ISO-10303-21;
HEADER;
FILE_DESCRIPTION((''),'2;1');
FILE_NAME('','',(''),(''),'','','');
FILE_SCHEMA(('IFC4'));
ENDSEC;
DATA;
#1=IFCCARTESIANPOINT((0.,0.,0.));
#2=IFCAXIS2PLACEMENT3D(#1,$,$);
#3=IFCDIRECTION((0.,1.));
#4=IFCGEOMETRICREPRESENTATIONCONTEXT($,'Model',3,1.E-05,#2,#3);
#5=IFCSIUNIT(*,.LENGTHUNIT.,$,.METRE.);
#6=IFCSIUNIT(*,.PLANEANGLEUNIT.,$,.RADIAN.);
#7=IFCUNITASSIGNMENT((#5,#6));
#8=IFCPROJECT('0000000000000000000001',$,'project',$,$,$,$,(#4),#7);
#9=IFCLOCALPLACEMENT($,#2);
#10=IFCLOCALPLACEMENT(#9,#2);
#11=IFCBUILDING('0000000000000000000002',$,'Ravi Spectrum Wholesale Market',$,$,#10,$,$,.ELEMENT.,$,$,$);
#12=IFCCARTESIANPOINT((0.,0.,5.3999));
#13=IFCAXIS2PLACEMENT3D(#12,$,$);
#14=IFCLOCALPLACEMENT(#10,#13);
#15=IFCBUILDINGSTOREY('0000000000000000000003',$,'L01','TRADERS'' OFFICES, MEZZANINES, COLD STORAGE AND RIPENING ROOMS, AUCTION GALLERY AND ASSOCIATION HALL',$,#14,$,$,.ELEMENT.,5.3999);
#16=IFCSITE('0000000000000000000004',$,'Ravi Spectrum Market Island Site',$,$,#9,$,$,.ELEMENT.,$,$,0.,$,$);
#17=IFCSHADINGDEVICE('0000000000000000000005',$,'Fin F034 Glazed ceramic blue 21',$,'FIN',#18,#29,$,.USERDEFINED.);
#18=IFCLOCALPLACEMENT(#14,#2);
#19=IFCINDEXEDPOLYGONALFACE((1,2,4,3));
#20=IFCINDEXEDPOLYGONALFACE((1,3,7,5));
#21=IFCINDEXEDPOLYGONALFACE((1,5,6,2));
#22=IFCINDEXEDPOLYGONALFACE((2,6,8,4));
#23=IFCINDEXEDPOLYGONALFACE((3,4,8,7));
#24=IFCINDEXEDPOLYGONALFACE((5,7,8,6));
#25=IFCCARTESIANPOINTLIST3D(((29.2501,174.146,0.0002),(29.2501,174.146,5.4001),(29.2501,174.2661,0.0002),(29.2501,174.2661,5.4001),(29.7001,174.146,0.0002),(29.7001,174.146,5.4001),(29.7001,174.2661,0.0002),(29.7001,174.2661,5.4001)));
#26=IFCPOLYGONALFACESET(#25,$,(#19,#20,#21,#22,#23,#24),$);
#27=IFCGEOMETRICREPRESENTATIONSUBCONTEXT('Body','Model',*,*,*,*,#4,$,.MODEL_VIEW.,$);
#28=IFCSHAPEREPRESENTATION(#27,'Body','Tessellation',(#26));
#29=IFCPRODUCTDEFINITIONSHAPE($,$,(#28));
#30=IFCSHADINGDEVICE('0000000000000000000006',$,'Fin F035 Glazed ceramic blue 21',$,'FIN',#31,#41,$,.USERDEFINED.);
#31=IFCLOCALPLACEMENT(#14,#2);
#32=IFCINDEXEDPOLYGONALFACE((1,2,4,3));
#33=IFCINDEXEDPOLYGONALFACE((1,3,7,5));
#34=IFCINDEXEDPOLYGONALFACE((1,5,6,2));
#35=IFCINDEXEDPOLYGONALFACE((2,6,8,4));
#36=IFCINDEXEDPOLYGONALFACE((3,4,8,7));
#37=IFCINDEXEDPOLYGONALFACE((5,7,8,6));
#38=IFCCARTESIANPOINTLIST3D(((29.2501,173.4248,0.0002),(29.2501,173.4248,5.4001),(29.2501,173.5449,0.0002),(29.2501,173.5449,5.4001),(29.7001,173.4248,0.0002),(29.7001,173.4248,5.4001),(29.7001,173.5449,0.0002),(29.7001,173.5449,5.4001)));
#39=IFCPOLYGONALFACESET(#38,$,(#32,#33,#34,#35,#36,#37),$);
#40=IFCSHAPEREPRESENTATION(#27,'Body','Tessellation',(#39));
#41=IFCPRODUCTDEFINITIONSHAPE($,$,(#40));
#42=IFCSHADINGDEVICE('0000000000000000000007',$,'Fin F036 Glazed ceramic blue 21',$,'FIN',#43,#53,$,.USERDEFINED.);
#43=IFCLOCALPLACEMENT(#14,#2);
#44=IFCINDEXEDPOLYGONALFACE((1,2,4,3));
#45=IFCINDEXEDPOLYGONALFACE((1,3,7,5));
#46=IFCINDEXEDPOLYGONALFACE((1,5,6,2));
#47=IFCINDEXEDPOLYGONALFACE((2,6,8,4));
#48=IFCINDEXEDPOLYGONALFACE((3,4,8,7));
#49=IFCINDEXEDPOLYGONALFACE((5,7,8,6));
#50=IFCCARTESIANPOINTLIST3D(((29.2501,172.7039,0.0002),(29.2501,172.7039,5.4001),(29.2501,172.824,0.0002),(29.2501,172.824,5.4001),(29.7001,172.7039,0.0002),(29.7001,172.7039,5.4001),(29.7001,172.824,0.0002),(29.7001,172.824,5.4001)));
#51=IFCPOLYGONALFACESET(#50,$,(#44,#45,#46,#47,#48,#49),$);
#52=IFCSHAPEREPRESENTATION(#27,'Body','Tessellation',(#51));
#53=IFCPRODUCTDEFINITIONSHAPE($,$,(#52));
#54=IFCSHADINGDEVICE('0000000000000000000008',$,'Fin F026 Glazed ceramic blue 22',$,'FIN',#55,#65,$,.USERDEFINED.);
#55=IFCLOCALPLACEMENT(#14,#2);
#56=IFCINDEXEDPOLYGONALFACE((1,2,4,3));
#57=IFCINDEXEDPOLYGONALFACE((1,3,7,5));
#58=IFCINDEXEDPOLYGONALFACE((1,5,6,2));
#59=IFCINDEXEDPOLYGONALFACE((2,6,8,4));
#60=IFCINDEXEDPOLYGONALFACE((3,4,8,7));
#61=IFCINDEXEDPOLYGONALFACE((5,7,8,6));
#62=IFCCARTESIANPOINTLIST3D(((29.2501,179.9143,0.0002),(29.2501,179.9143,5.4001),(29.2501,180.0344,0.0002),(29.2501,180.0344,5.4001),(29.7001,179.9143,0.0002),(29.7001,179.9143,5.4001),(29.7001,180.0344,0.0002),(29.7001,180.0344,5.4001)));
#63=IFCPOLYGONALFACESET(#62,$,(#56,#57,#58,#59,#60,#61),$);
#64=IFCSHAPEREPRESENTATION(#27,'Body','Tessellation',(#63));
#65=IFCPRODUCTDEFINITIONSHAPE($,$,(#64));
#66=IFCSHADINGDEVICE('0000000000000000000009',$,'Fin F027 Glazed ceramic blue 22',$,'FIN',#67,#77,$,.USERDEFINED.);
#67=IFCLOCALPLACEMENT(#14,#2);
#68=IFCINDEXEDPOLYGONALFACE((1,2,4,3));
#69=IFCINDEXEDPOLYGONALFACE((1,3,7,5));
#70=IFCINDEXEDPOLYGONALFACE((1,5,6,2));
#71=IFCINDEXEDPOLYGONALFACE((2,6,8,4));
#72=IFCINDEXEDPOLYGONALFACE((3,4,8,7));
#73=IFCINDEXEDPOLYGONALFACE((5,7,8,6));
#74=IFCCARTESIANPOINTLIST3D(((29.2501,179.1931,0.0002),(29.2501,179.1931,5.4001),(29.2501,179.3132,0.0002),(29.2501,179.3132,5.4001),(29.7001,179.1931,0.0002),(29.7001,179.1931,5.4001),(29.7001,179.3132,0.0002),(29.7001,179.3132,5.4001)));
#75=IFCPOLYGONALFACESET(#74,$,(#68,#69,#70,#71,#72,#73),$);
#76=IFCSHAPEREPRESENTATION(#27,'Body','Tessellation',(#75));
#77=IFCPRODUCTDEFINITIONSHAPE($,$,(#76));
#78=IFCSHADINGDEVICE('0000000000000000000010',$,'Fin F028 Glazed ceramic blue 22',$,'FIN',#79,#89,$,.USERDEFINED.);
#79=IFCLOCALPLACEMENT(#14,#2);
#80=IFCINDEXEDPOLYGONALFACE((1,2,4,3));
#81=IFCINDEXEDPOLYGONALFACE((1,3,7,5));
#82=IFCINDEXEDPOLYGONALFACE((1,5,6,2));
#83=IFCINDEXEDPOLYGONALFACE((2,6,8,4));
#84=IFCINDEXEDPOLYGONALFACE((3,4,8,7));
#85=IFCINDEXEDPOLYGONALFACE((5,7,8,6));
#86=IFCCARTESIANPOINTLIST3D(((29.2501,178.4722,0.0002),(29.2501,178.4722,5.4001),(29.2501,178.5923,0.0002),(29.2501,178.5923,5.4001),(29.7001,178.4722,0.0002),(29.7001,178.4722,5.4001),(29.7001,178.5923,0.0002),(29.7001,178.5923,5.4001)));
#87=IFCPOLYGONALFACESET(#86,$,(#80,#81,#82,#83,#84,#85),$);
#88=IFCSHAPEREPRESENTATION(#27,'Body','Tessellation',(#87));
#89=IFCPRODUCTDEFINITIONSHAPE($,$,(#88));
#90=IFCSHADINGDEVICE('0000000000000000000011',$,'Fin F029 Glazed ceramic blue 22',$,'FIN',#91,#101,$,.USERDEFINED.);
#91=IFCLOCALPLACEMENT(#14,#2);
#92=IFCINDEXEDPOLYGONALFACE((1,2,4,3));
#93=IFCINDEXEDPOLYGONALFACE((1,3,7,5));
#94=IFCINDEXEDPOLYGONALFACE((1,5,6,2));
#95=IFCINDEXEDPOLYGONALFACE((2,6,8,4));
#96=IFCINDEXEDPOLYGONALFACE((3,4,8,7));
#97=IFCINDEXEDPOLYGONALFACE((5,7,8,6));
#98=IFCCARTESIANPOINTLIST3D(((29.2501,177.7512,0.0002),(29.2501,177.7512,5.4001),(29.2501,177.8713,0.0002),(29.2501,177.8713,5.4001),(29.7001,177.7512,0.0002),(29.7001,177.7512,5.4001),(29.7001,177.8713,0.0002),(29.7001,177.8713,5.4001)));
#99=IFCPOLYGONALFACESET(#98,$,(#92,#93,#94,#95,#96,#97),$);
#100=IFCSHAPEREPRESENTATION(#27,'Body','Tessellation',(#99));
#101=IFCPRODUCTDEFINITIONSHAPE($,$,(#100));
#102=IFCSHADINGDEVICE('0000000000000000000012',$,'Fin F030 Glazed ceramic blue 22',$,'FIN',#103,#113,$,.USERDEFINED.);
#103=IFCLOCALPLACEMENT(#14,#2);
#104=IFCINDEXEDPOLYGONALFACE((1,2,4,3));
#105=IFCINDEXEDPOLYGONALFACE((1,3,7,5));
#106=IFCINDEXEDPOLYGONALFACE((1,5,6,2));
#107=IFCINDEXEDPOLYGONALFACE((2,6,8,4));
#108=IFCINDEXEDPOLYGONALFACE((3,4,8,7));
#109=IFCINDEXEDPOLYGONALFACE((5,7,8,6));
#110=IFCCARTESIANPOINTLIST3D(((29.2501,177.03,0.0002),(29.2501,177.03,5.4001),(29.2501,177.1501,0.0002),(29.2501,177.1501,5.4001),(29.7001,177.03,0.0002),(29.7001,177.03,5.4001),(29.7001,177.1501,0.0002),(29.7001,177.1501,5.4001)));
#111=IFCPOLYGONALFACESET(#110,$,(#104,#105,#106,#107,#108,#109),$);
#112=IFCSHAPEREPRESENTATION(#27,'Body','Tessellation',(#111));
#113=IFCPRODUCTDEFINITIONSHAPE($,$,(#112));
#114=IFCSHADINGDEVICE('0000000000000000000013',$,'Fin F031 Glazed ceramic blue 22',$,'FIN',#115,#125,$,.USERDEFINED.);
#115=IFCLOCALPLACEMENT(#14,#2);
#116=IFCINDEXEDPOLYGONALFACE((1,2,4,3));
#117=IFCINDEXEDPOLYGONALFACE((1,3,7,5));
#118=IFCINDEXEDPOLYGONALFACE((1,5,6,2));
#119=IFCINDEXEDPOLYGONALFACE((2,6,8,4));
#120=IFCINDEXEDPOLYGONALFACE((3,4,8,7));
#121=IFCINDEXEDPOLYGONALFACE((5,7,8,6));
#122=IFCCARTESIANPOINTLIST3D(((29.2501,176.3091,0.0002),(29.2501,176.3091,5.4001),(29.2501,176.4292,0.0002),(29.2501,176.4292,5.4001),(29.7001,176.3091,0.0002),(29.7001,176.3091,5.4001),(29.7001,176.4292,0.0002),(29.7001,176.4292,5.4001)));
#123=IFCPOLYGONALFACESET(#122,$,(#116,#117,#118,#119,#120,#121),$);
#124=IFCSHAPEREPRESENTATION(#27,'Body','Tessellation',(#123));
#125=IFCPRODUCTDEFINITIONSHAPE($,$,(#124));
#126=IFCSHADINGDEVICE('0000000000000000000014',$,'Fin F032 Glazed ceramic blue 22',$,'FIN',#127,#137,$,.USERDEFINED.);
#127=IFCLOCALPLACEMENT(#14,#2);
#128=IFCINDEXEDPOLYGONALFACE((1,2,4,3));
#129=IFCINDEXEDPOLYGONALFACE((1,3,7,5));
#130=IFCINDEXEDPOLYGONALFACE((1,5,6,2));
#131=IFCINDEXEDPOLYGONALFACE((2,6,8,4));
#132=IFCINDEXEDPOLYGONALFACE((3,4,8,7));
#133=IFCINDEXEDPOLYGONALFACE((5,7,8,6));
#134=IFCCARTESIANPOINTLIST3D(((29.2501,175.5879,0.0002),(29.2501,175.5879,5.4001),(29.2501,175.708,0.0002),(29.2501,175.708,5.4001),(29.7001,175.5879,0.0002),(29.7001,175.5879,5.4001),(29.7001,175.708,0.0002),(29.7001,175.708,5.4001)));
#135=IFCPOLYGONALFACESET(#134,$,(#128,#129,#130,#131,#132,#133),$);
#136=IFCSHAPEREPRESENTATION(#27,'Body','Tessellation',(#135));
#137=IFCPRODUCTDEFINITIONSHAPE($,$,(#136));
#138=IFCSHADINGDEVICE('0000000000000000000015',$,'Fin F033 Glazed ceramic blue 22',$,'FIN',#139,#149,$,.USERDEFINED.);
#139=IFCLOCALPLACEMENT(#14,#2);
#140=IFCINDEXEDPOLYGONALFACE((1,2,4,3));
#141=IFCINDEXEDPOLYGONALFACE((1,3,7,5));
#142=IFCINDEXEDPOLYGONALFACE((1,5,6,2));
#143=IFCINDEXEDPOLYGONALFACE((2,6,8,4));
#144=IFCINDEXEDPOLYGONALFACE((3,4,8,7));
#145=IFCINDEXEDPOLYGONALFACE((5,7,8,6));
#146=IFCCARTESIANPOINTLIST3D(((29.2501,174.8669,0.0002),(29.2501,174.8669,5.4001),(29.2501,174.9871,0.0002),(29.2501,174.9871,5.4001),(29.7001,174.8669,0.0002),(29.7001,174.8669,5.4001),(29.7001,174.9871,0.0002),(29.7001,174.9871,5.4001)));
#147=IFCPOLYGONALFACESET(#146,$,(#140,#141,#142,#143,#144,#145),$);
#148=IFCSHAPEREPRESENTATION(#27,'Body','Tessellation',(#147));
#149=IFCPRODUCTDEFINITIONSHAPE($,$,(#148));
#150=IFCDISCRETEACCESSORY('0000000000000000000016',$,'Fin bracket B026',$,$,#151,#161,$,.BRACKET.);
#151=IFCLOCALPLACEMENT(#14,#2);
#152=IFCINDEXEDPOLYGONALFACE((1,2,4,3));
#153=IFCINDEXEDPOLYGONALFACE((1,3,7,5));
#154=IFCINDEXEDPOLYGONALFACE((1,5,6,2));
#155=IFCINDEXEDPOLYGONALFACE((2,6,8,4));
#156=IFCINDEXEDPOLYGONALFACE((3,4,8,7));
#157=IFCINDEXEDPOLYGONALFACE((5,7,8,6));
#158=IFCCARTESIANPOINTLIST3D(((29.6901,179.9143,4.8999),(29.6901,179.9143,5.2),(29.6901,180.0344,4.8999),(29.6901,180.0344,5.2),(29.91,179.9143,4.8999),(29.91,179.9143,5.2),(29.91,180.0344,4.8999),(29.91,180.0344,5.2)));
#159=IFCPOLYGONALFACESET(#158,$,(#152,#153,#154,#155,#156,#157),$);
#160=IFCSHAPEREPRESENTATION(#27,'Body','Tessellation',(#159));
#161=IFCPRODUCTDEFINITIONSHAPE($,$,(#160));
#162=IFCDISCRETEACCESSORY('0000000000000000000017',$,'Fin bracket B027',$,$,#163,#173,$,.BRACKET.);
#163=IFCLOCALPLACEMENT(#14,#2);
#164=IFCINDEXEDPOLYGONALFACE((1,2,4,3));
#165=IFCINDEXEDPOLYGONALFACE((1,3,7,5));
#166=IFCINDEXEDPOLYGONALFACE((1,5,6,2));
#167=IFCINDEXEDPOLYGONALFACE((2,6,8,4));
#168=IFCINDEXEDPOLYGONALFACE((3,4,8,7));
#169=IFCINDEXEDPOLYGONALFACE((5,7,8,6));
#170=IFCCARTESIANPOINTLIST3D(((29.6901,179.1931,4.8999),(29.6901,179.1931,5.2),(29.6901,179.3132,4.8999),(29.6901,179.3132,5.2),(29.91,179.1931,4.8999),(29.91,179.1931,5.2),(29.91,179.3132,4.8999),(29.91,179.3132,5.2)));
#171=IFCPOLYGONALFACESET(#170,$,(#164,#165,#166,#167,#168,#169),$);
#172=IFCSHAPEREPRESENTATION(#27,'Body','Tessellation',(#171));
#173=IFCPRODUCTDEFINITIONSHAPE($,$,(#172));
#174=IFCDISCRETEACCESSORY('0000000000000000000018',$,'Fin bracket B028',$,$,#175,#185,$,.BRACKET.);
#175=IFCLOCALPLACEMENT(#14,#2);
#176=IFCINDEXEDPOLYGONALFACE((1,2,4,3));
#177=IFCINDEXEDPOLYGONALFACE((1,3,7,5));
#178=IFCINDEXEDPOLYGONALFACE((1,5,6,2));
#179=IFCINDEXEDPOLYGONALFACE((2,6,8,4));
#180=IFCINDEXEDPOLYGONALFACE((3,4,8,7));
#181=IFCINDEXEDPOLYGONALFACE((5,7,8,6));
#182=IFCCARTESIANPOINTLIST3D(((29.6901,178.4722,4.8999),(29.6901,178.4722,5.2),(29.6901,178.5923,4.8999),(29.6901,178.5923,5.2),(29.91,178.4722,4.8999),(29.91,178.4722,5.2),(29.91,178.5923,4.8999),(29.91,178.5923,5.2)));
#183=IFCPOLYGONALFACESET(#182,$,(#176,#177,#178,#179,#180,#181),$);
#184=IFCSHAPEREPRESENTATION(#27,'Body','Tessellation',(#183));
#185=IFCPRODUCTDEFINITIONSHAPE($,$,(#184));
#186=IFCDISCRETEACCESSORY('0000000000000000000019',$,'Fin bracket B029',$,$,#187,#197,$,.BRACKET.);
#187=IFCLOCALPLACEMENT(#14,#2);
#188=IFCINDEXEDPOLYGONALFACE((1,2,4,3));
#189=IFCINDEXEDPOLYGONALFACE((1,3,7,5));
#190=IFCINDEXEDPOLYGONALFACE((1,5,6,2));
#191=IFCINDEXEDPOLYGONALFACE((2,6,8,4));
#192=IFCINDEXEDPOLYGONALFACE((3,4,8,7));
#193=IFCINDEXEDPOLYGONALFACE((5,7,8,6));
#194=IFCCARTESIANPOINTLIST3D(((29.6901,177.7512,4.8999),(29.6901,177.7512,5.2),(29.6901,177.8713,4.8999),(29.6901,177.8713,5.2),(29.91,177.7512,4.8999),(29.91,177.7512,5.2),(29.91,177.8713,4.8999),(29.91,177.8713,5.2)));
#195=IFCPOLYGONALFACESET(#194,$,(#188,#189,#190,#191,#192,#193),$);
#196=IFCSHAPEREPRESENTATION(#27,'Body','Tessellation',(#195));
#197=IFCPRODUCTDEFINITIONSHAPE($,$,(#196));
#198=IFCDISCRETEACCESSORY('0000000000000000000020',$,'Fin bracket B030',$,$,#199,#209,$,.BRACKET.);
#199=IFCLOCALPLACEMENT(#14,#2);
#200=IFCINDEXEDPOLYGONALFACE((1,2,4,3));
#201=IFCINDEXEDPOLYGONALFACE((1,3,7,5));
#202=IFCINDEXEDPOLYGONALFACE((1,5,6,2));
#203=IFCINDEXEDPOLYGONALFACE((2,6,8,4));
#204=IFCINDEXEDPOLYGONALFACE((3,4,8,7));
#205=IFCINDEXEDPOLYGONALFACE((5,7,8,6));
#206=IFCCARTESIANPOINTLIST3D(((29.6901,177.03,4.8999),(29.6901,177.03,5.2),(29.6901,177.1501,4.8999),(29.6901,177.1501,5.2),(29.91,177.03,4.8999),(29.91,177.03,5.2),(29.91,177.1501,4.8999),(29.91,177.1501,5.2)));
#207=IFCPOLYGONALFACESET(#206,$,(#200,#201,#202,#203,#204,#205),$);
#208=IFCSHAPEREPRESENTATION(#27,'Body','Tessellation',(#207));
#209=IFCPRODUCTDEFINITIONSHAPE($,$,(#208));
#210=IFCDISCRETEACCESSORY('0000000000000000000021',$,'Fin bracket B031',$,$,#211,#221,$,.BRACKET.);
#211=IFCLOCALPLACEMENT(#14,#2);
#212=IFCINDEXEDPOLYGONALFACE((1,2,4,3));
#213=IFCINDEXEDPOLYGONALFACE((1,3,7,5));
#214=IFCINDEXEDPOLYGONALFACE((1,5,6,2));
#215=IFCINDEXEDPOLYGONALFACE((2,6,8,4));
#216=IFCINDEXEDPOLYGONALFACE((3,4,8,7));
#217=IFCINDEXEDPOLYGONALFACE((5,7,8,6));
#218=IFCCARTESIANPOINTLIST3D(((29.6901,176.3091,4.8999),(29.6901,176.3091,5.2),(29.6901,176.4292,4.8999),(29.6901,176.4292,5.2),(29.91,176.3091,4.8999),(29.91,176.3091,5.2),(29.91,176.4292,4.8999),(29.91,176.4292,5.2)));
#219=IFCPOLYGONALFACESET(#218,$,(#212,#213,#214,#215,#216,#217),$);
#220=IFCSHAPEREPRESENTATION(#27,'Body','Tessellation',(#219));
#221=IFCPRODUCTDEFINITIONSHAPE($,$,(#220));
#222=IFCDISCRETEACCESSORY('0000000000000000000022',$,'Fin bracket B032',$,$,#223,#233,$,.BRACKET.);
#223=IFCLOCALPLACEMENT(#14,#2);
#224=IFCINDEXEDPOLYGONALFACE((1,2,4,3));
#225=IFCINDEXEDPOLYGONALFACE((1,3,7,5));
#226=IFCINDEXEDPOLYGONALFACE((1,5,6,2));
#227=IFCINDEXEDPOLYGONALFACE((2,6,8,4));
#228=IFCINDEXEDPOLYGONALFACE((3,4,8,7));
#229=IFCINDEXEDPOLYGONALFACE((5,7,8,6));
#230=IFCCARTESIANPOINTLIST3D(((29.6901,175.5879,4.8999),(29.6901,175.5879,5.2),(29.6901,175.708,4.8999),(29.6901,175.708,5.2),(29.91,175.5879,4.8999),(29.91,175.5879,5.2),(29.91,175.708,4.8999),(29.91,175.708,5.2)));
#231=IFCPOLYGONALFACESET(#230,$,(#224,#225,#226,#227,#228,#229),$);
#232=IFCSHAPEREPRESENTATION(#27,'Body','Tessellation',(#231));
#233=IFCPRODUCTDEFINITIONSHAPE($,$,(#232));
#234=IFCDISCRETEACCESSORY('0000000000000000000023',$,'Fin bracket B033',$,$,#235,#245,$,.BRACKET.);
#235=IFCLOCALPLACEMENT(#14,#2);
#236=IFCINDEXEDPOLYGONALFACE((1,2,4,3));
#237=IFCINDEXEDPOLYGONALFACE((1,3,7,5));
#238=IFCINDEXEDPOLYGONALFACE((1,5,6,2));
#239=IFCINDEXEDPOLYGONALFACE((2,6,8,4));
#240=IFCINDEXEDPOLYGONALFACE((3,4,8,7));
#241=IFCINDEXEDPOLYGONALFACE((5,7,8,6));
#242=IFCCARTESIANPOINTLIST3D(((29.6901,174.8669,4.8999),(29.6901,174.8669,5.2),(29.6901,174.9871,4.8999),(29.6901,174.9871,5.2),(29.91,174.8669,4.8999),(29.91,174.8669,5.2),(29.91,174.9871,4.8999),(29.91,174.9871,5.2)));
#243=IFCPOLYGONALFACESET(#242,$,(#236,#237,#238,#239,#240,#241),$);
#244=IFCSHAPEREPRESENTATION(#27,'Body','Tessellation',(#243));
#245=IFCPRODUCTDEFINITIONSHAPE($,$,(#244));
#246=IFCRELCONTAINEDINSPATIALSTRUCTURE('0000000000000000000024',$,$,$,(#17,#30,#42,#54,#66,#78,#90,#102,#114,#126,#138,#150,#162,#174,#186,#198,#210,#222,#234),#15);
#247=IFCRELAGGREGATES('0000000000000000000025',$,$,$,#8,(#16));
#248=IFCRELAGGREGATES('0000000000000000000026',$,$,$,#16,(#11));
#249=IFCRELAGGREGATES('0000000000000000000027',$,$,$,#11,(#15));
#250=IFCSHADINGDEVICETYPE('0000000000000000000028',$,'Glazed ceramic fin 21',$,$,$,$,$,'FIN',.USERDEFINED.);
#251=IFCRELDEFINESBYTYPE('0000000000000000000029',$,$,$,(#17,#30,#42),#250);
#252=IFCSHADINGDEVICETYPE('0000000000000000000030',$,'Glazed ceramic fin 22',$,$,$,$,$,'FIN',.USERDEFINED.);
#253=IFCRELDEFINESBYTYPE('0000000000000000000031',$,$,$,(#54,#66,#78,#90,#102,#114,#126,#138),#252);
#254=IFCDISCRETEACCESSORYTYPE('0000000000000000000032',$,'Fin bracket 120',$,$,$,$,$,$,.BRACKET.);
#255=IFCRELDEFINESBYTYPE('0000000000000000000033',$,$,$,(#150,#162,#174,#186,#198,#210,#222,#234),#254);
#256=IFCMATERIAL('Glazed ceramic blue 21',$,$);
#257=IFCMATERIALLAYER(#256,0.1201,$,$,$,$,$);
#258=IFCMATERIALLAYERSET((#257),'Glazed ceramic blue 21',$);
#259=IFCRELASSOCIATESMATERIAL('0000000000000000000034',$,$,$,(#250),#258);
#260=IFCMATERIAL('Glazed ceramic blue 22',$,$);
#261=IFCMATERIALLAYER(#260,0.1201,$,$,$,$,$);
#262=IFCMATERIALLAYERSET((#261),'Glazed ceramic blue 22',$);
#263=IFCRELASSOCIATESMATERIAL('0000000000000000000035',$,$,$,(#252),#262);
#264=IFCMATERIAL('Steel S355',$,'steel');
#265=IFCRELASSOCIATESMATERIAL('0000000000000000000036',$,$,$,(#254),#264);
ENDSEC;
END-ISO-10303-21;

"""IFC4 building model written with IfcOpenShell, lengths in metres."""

from ifc_helpers import new_model, si_unit, direction, frame, origin, origin_2d, place, context, subcontext, project, spatial, rectangle, extrude, material, layer, layer_set, type_object, element, save


model = new_model("IFC4")

# Units and contexts
model_context = context("Model", 3, precision=1e-05, world=origin(), true_north=direction((0.0, 1.0)))
body_context = subcontext(model_context, "Body", "Model", "MODEL_VIEW")
ifc_project = project(units=[si_unit("LENGTHUNIT", "METRE"), si_unit("PLANEANGLEUNIT", "RADIAN")], contexts=[model_context])

# Site, building, storey
site_placement = place(None, origin())
site = spatial("IfcSite", under=ifc_project, at=site_placement, Name="Ravi Spectrum Market Island Site", CompositionType="ELEMENT", RefElevation=0.0)
building_placement = place(site_placement, origin())
building = spatial("IfcBuilding", under=site, at=building_placement, Name="Ravi Spectrum Wholesale Market", CompositionType="ELEMENT")
storey_placement = place(building_placement, frame((0.0, 0.0, 5.3999)))
storey = spatial("IfcBuildingStorey", under=building, at=storey_placement, Name="L01", Description="TRADERS' OFFICES, MEZZANINES, COLD STORAGE AND RIPENING ROOMS, AUCTION GALLERY AND ASSOCIATION HALL", CompositionType="ELEMENT", Elevation=5.3999)

# Shading devices
ifc_material_1 = material(Name="Glazed ceramic blue 21")
ifc_layer_1 = layer(ifc_material_1, 0.1201)
ifc_layer_set_1 = layer_set([ifc_layer_1], Name="Glazed ceramic blue 21")
shading_device_type_1 = type_object("IfcShadingDeviceType", Name="Glazed ceramic fin 21", ElementType="FIN", PredefinedType="USERDEFINED", material=ifc_layer_set_1)
for number, where, z_axis, x_axis, name in (
    (1, (29.4751, 174.2061, 0.0002), (0.0, 0.0, 1.0), (0.0, -1.0, 0.0), "Fin F034 Glazed ceramic blue 21"),
    (2, (29.4751, 173.4849, 0.0002), (0.0, 0.0, 1.0), (0.0, -1.0, 0.0), "Fin F035 Glazed ceramic blue 21"),
    (3, (29.4751, 172.7639, 0.0002), (0.0, 0.0, 1.0), (0.0, -1.0, 0.0), "Fin F036 Glazed ceramic blue 21"),
):
    element("IfcShadingDevice", number, at=place(storey_placement, frame(where, z_axis=z_axis, x_axis=x_axis)), inside=storey, type_object=shading_device_type_1, Name=name, ObjectType="FIN", PredefinedType="USERDEFINED", context=body_context, shape_type="SweptSolid", body=[
        extrude(rectangle(XDim=0.1201, YDim=0.45, at=origin_2d()), origin(), (0.0, 0.0, 1.0), 5.3999),
    ])
ifc_material_2 = material(Name="Glazed ceramic blue 22")
ifc_layer_2 = layer(ifc_material_2, 0.1201)
ifc_layer_set_2 = layer_set([ifc_layer_2], Name="Glazed ceramic blue 22")
shading_device_type_2 = type_object("IfcShadingDeviceType", Name="Glazed ceramic fin 22", ElementType="FIN", PredefinedType="USERDEFINED", material=ifc_layer_set_2)
for number, where, z_axis, x_axis, name in (
    (4, (29.4751, 179.9744, 0.0002), (0.0, 0.0, 1.0), (0.0, -1.0, 0.0), "Fin F026 Glazed ceramic blue 22"),
    (5, (29.4751, 179.2532, 0.0002), (0.0, 0.0, 1.0), (0.0, -1.0, 0.0), "Fin F027 Glazed ceramic blue 22"),
    (6, (29.4751, 178.5322, 0.0002), (0.0, 0.0, 1.0), (0.0, -1.0, 0.0), "Fin F028 Glazed ceramic blue 22"),
    (7, (29.4751, 177.8113, 0.0002), (0.0, 0.0, 1.0), (0.0, -1.0, 0.0), "Fin F029 Glazed ceramic blue 22"),
    (8, (29.4751, 177.0901, 0.0002), (0.0, 0.0, 1.0), (0.0, -1.0, 0.0), "Fin F030 Glazed ceramic blue 22"),
    (9, (29.4751, 176.3691, 0.0002), (0.0, 0.0, 1.0), (0.0, -1.0, 0.0), "Fin F031 Glazed ceramic blue 22"),
    (10, (29.4751, 175.6479, 0.0002), (0.0, 0.0, 1.0), (0.0, -1.0, 0.0), "Fin F032 Glazed ceramic blue 22"),
    (11, (29.4751, 174.927, 0.0002), (0.0, 0.0, 1.0), (0.0, -1.0, 0.0), "Fin F033 Glazed ceramic blue 22"),
):
    element("IfcShadingDevice", number, at=place(storey_placement, frame(where, z_axis=z_axis, x_axis=x_axis)), inside=storey, type_object=shading_device_type_2, Name=name, ObjectType="FIN", PredefinedType="USERDEFINED", context=body_context, shape_type="SweptSolid", body=[
        extrude(rectangle(XDim=0.1201, YDim=0.45, at=origin_2d()), origin(), (0.0, 0.0, 1.0), 5.3999),
    ])

# Discrete accessories
ifc_material_3 = material(Name="Steel S355", Category="steel")
discrete_accessory_type = type_object("IfcDiscreteAccessoryType", Name="Fin bracket 120", PredefinedType="BRACKET", material=ifc_material_3)
for number, where, z_axis, x_axis, name in (
    (12, (29.8, 179.9744, 4.8999), (0.0, 0.0, 1.0), (0.0, -1.0, 0.0), "Fin bracket B026"),
    (13, (29.8, 179.2532, 4.8999), (0.0, 0.0, 1.0), (0.0, -1.0, 0.0), "Fin bracket B027"),
    (14, (29.8, 178.5322, 4.8999), (0.0, 0.0, 1.0), (0.0, -1.0, 0.0), "Fin bracket B028"),
    (15, (29.8, 177.8113, 4.8999), (0.0, 0.0, 1.0), (0.0, -1.0, 0.0), "Fin bracket B029"),
    (16, (29.8, 177.0901, 4.8999), (0.0, 0.0, 1.0), (0.0, -1.0, 0.0), "Fin bracket B030"),
    (17, (29.8, 176.3691, 4.8999), (0.0, 0.0, 1.0), (0.0, -1.0, 0.0), "Fin bracket B031"),
    (18, (29.8, 175.6479, 4.8999), (0.0, 0.0, 1.0), (0.0, -1.0, 0.0), "Fin bracket B032"),
    (19, (29.8, 174.927, 4.8999), (0.0, 0.0, 1.0), (0.0, -1.0, 0.0), "Fin bracket B033"),
):
    element("IfcDiscreteAccessory", number, at=place(storey_placement, frame(where, z_axis=z_axis, x_axis=x_axis)), inside=storey, type_object=discrete_accessory_type, Name=name, PredefinedType="BRACKET", context=body_context, shape_type="SweptSolid", body=[
        extrude(rectangle(XDim=0.1201, YDim=0.22, at=origin_2d()), origin(), (0.0, 0.0, 1.0), 0.3),
    ])

save(model, "model.ifc")
